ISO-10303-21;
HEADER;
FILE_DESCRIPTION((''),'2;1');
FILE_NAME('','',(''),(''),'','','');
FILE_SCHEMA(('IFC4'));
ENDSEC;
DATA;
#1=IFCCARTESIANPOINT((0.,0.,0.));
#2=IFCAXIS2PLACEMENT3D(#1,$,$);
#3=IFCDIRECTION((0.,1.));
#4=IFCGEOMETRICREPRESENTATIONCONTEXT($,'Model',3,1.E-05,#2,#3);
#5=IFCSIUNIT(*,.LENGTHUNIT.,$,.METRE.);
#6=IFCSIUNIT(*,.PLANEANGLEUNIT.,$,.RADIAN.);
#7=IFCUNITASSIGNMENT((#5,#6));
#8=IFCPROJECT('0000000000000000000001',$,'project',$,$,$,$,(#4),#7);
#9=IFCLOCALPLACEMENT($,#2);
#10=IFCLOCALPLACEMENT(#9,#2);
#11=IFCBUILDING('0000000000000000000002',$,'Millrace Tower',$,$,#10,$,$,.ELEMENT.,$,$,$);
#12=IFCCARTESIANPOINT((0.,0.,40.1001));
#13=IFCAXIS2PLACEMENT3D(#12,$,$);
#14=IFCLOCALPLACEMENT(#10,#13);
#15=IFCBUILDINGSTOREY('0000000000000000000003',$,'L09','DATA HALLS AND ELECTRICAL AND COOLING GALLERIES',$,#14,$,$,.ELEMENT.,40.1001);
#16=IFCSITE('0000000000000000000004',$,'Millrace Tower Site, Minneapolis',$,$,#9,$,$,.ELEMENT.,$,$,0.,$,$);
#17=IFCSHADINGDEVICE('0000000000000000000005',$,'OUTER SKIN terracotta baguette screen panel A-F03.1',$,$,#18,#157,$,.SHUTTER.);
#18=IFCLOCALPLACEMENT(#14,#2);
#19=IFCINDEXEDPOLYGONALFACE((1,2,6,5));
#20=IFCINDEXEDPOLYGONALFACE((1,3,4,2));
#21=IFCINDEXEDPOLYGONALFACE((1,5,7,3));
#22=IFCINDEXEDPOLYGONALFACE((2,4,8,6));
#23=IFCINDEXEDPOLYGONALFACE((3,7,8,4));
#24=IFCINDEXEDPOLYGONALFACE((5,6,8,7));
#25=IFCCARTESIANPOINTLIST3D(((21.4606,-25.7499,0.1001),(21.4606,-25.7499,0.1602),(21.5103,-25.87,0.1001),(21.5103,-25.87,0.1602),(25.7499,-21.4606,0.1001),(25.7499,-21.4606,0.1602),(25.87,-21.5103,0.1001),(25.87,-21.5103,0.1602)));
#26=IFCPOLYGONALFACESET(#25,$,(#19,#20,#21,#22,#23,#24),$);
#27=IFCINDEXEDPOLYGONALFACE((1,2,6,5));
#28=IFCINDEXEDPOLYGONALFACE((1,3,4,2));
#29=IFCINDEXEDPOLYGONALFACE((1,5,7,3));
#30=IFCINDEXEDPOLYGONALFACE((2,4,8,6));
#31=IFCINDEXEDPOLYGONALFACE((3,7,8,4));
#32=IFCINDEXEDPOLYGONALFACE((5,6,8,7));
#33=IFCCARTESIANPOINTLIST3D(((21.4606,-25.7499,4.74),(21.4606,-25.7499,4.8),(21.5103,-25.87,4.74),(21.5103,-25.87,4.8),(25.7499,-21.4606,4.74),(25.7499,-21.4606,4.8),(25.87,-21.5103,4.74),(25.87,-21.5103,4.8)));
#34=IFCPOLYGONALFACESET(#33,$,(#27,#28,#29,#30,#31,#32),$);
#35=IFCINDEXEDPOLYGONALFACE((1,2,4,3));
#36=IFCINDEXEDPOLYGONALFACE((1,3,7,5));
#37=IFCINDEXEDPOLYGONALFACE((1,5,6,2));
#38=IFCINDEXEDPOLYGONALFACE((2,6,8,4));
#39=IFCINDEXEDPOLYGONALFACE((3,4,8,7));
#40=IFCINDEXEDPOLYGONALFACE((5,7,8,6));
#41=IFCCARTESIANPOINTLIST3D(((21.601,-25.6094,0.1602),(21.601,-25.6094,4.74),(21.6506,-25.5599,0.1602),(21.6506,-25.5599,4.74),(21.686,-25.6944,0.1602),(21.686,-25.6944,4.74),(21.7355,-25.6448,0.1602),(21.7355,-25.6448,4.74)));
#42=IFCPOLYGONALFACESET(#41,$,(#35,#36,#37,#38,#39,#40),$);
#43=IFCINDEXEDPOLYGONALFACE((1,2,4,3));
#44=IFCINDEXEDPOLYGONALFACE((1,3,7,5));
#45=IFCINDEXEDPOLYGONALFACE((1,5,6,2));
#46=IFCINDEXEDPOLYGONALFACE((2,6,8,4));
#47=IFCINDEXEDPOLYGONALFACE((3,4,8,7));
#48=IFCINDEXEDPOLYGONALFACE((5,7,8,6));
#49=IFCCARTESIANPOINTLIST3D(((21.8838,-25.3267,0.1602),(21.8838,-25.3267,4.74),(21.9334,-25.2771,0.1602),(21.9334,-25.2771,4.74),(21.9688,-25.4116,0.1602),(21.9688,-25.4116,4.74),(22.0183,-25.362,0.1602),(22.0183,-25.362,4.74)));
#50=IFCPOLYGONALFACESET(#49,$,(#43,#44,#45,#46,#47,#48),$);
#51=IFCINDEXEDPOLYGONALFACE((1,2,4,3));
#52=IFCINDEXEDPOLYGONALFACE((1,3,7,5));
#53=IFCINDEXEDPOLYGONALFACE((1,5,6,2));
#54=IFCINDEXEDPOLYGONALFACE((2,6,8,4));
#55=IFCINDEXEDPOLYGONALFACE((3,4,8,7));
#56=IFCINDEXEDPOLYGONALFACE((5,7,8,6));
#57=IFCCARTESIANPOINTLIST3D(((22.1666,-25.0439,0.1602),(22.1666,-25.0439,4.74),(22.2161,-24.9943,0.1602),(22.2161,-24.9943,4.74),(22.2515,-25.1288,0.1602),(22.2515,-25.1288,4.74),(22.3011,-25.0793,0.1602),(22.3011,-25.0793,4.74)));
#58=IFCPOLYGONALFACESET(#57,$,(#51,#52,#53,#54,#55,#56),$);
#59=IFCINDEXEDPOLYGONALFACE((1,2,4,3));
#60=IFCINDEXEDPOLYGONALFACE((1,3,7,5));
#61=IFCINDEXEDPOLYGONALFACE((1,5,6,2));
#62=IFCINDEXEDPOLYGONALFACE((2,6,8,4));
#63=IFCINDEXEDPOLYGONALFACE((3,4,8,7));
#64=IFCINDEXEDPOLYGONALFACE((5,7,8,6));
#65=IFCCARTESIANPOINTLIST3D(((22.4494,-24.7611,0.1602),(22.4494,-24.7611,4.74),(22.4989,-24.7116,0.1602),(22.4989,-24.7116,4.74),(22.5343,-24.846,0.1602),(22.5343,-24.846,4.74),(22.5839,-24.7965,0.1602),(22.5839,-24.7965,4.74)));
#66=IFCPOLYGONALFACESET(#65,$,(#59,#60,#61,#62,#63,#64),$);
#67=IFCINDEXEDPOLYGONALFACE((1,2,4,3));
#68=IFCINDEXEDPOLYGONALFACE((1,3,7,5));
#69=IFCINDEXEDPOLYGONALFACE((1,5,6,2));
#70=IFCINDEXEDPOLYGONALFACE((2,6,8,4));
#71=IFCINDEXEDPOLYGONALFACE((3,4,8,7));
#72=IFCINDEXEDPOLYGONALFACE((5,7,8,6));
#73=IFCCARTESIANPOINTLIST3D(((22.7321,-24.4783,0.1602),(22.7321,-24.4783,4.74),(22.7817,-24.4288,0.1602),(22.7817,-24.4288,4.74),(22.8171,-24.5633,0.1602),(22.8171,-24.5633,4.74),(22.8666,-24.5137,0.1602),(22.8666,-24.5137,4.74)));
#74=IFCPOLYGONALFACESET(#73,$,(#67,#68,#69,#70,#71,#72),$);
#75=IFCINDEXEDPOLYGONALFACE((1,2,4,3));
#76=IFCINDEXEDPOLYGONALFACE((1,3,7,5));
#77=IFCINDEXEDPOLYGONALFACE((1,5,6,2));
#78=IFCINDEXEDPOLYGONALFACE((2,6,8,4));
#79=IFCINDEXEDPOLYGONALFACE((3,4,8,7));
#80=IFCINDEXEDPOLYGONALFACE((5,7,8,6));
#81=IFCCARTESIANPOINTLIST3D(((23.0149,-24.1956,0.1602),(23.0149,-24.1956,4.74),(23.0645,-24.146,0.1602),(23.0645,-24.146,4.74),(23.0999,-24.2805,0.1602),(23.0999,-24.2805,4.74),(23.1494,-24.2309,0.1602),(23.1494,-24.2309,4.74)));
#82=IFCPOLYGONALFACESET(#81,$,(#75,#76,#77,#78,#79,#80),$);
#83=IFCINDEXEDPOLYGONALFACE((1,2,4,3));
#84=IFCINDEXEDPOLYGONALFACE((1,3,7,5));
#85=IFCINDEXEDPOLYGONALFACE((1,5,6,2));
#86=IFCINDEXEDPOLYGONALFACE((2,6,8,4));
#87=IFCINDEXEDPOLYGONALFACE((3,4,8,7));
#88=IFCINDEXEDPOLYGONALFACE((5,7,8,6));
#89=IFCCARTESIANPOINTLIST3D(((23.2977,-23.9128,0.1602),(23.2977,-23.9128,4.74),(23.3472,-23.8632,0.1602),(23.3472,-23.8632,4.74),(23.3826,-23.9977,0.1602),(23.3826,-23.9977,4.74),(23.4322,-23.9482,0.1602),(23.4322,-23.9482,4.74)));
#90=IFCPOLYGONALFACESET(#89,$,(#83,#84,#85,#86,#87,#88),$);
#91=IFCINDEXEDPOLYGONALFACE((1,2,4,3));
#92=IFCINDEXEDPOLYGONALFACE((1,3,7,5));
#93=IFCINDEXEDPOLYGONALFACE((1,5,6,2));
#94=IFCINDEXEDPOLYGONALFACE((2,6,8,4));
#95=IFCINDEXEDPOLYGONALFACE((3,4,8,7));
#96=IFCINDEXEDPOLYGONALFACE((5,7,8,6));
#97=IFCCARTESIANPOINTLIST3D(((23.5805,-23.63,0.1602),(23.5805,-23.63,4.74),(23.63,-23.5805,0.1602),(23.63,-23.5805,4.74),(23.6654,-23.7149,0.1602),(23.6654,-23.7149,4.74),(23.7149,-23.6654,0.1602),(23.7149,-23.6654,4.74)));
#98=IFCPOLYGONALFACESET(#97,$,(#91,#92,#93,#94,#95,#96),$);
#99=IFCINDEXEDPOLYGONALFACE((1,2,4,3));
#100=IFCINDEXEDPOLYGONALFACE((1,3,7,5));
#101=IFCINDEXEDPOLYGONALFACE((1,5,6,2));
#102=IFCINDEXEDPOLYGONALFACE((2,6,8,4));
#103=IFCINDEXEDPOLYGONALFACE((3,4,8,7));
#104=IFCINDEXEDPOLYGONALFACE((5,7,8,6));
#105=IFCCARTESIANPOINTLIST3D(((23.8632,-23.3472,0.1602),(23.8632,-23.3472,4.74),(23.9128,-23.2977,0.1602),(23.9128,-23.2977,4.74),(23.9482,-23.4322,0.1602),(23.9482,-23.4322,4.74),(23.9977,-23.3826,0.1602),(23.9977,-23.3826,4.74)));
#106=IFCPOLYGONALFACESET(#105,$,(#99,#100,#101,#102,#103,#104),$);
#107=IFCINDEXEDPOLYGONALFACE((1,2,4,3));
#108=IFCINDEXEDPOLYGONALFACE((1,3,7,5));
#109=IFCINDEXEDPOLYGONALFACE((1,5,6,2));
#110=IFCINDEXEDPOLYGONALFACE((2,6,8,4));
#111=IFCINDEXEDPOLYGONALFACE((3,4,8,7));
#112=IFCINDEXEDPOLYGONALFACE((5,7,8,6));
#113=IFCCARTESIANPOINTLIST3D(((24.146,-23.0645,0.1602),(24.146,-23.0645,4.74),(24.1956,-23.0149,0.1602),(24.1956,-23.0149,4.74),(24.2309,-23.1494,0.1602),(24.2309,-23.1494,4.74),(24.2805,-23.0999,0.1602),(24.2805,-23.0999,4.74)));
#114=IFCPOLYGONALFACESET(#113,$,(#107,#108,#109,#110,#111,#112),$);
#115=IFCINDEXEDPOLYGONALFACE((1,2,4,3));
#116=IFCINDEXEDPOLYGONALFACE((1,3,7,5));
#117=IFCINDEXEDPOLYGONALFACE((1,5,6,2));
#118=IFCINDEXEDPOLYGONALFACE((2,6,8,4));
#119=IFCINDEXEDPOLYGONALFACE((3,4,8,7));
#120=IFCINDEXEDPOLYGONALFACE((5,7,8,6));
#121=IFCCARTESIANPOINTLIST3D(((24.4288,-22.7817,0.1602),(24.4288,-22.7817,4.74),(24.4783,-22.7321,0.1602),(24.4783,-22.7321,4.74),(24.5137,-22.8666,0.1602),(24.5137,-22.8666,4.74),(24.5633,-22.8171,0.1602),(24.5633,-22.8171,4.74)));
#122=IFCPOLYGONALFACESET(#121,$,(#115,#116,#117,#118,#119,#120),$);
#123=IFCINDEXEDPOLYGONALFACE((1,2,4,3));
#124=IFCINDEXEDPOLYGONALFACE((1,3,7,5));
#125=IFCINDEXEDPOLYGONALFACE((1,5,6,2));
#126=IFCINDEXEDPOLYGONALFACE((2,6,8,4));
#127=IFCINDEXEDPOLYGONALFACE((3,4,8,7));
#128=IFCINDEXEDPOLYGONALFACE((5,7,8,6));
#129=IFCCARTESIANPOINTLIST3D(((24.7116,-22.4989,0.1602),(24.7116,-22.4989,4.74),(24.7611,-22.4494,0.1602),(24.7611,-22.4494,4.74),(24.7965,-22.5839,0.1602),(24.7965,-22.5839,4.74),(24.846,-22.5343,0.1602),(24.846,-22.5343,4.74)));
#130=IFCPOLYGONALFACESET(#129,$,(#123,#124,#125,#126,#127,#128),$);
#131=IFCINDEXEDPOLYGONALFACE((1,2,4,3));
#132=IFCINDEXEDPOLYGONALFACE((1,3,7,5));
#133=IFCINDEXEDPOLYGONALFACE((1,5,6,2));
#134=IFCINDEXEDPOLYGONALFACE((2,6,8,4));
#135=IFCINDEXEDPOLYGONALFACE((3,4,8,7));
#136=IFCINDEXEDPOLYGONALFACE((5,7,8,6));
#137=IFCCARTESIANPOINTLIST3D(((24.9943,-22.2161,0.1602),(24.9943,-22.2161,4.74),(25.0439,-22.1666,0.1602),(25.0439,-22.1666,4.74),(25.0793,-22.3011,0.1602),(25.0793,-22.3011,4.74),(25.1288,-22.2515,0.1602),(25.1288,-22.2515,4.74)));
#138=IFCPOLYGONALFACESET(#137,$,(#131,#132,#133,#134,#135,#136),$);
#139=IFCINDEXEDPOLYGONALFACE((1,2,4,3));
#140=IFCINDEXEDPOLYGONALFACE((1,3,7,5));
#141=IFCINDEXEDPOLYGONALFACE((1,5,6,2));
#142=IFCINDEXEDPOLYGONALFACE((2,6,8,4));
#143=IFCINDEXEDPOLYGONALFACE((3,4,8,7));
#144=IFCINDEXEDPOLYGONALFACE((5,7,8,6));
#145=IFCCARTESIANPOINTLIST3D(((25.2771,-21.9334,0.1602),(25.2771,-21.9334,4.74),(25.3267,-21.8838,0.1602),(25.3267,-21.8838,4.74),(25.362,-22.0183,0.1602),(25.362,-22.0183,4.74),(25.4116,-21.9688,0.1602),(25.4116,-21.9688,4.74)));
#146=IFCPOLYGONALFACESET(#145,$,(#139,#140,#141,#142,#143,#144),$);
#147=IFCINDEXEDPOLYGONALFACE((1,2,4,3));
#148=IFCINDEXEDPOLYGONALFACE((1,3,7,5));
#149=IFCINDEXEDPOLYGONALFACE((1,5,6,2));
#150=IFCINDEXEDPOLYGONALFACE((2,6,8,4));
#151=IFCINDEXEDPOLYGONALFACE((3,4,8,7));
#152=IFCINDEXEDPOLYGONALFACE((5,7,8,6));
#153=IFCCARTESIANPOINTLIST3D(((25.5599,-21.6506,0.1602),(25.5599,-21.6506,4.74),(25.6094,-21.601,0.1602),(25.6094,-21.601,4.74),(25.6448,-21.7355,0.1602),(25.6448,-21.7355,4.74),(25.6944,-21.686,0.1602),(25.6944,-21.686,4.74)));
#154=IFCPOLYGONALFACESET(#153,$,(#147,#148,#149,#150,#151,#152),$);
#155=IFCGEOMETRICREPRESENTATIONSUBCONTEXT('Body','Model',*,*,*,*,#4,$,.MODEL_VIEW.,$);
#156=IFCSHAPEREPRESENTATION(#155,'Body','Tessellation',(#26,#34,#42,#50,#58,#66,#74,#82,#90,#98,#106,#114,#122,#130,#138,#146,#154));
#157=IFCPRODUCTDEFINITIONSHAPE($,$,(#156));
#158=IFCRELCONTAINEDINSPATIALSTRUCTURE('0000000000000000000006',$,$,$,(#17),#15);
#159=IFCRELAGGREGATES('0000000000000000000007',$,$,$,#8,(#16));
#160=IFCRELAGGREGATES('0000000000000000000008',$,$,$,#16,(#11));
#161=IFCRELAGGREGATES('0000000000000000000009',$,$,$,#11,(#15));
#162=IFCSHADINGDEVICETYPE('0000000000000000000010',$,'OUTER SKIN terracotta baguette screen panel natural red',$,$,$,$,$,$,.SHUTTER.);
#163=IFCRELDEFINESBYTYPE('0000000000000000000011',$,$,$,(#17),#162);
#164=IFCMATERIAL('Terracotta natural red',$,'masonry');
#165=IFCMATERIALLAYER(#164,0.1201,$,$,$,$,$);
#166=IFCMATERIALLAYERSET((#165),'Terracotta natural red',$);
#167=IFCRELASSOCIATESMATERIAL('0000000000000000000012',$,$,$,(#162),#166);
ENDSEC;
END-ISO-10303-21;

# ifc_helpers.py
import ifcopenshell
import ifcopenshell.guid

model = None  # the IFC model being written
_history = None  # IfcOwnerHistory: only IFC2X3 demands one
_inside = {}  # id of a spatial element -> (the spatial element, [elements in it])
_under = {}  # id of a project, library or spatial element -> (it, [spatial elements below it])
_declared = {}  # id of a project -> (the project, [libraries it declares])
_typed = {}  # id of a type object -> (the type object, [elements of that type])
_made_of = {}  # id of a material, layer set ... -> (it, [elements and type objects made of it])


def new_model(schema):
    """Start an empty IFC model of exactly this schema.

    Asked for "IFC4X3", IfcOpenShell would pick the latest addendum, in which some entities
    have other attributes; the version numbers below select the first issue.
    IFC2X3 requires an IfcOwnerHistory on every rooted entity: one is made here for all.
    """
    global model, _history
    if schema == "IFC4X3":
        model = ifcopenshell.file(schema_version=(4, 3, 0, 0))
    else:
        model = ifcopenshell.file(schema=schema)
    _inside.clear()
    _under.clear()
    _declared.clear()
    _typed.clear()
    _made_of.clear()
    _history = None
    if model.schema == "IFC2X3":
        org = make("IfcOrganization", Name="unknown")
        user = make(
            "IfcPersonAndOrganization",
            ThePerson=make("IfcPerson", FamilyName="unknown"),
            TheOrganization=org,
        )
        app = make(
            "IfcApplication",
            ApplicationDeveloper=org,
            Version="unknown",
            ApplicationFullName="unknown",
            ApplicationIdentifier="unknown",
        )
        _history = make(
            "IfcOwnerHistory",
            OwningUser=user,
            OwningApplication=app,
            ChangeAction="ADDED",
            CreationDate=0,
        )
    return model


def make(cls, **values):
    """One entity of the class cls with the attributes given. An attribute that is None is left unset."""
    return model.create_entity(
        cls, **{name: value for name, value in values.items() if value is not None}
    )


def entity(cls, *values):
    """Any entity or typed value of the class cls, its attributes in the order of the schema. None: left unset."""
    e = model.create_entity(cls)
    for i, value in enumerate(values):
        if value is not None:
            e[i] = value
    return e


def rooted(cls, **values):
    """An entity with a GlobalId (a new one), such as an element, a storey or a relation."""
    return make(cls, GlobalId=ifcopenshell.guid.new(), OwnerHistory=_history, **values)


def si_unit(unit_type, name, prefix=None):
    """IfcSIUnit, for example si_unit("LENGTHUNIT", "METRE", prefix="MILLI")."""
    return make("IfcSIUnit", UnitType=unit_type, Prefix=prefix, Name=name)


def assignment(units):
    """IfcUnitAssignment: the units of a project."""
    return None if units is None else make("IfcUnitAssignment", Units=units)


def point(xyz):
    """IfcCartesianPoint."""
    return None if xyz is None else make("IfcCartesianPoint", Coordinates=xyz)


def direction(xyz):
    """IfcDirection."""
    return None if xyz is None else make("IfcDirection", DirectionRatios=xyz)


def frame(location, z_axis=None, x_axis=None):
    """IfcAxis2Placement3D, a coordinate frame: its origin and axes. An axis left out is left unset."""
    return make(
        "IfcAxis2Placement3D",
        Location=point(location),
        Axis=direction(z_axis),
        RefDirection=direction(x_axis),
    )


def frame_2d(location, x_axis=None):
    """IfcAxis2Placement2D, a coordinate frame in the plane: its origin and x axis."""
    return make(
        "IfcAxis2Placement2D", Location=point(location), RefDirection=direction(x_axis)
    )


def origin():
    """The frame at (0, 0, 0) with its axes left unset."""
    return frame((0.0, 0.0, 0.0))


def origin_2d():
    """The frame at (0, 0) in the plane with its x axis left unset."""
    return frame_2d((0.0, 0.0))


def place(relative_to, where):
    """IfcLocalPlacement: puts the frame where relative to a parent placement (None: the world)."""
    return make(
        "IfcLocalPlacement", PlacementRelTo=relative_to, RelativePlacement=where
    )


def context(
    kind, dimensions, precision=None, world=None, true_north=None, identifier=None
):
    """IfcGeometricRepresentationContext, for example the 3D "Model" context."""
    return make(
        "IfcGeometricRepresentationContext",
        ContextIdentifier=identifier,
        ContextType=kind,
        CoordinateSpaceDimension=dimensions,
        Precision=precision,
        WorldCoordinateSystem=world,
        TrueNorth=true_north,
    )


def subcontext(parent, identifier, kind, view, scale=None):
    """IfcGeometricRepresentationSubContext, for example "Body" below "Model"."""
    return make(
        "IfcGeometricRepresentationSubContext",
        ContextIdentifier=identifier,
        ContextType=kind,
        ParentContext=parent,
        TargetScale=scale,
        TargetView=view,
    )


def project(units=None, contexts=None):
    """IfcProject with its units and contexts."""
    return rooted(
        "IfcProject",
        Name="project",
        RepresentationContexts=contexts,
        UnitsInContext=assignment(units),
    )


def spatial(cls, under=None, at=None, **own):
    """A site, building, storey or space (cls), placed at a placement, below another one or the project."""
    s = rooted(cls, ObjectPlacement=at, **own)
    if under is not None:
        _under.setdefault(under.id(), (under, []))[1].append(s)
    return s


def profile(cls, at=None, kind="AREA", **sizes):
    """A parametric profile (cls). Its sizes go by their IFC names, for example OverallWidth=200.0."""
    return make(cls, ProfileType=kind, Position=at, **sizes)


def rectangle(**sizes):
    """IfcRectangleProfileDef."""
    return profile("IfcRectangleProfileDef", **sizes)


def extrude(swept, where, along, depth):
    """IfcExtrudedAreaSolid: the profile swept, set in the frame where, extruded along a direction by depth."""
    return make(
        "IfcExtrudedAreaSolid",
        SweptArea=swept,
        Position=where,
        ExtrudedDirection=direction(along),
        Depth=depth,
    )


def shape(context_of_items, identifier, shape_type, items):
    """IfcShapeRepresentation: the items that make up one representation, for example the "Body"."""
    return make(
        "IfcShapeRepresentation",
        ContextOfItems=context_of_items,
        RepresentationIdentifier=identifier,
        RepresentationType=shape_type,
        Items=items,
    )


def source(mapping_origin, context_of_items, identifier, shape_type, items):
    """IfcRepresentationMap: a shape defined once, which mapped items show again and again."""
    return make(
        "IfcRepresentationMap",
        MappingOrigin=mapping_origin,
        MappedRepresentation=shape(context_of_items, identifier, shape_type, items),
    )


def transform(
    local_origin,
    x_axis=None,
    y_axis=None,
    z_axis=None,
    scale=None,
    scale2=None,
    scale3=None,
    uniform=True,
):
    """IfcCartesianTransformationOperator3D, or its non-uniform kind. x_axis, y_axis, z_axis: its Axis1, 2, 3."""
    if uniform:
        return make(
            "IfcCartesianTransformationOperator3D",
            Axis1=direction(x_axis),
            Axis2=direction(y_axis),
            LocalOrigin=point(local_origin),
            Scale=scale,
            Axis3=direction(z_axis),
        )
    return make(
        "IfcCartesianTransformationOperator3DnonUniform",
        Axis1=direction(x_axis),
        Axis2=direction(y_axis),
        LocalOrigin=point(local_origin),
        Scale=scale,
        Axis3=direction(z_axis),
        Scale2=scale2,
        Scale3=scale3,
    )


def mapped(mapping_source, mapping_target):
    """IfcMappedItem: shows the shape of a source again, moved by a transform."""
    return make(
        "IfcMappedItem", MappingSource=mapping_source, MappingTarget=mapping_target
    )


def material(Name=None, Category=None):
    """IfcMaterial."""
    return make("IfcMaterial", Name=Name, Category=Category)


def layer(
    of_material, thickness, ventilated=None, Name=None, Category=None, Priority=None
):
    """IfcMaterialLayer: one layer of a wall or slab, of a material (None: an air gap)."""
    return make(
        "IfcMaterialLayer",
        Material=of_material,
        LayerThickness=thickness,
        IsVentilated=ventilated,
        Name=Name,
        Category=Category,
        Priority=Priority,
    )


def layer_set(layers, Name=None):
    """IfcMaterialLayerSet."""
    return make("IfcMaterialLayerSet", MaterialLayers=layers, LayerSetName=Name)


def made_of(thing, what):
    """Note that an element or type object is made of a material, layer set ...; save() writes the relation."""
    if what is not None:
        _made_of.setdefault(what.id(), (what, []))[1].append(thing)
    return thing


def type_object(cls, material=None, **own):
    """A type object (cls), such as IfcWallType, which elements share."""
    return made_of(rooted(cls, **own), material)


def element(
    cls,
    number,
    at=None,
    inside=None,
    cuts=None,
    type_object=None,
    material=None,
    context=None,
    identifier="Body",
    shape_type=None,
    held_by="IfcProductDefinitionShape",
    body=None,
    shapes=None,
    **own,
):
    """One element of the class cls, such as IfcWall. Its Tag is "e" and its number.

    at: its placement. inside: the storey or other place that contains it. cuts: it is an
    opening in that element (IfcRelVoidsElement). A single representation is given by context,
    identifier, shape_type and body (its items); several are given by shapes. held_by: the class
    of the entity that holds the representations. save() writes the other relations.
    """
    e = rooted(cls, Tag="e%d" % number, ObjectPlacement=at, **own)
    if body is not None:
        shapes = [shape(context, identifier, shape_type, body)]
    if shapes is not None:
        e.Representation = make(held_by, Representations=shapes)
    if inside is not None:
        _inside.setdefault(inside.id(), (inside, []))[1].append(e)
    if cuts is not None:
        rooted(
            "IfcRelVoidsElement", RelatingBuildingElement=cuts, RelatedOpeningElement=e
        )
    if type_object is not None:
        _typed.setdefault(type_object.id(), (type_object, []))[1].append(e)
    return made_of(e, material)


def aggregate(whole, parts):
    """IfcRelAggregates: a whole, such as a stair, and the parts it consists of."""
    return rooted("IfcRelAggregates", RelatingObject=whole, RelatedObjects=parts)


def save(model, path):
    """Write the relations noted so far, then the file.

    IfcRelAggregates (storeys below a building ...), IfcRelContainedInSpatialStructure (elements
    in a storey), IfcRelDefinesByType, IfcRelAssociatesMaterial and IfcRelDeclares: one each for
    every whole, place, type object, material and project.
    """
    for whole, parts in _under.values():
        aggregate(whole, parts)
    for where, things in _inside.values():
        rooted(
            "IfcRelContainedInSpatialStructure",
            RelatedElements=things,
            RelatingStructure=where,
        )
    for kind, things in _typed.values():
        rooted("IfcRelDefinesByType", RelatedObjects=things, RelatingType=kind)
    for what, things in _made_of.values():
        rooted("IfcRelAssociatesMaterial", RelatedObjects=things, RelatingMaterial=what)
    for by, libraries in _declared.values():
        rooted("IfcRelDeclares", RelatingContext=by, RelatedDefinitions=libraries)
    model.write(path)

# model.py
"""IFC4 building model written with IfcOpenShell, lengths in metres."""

from ifc_helpers import new_model, entity, si_unit, direction, frame, frame_2d, origin, origin_2d, place, context, subcontext, project, spatial, rectangle, extrude, source, transform, mapped, material, layer, layer_set, type_object, element, save


model = new_model("IFC4")

# Units and contexts
model_context = context("Model", 3, precision=1e-05, world=origin(), true_north=direction((0.0, 1.0)))
body_context = subcontext(model_context, "Body", "Model", "MODEL_VIEW")
ifc_project = project(units=[si_unit("LENGTHUNIT", "METRE"), si_unit("PLANEANGLEUNIT", "RADIAN")], contexts=[model_context])

# Site, building, storey
site_placement = place(None, origin())
site = spatial("IfcSite", under=ifc_project, at=site_placement, Name="Millrace Tower Site, Minneapolis", CompositionType="ELEMENT", RefElevation=0.0)
building_placement = place(site_placement, origin())
building = spatial("IfcBuilding", under=site, at=building_placement, Name="Millrace Tower", CompositionType="ELEMENT")
storey_placement = place(building_placement, frame((0.0, 0.0, 40.1001)))
storey = spatial("IfcBuildingStorey", under=building, at=storey_placement, Name="L09", Description="DATA HALLS AND ELECTRICAL AND COOLING GALLERIES", CompositionType="ELEMENT", Elevation=40.1001)

# Shading device
ifc_material_1 = material(Name="Terracotta natural red", Category="masonry")
ifc_layer_1 = layer(ifc_material_1, 0.1201)
ifc_layer_set_1 = layer_set([ifc_layer_1], Name="Terracotta natural red")
shading_device_type_1 = type_object("IfcShadingDeviceType", Name="OUTER SKIN terracotta baguette screen panel natural red", PredefinedType="SHUTTER", material=ifc_layer_set_1)
cartesian_point_1 = entity("IfcCartesianPoint", [-3.033, 0.0601])
shared_polyline_1 = entity("IfcPolyline", [cartesian_point_1, entity("IfcCartesianPoint", [3.033, 0.0601]), entity("IfcCartesianPoint", [3.0828, -0.0601]), entity("IfcCartesianPoint", [-3.0828, -0.0601]), cartesian_point_1])
shared_shape_1 = source(origin(), body_context, "Body", "SweptSolid", [
    entity("IfcExtrudedAreaSolid", entity("IfcArbitraryClosedProfileDef", "AREA", None, shared_polyline_1), entity("IfcAxis2Placement3D", entity("IfcCartesianPoint", [0.0, 0.0, 0.0])), entity("IfcDirection", [0.0, 0.0, 1.0]), 0.0601),
    entity("IfcExtrudedAreaSolid", entity("IfcArbitraryClosedProfileDef", "AREA", None, shared_polyline_1), entity("IfcAxis2Placement3D", entity("IfcCartesianPoint", [0.0, 0.0, 4.6399])), entity("IfcDirection", [0.0, 0.0, 1.0]), 0.0601),
    extrude(rectangle(XDim=0.0701, YDim=0.1201, at=frame_2d((-2.7993, 0.0))), frame((0.0, 0.0, 0.0601)), (0.0, 0.0, 1.0), 4.5798),
    extrude(rectangle(XDim=0.0701, YDim=0.1201, at=frame_2d((-2.3994, 0.0))), frame((0.0, 0.0, 0.0601)), (0.0, 0.0, 1.0), 4.5798),
    extrude(rectangle(XDim=0.0701, YDim=0.1201, at=frame_2d((-1.9995, 0.0))), frame((0.0, 0.0, 0.0601)), (0.0, 0.0, 1.0), 4.5798),
    extrude(rectangle(XDim=0.0701, YDim=0.1201, at=frame_2d((-1.5996, 0.0))), frame((0.0, 0.0, 0.0601)), (0.0, 0.0, 1.0), 4.5798),
    extrude(rectangle(XDim=0.0701, YDim=0.1201, at=frame_2d((-1.1997, 0.0))), frame((0.0, 0.0, 0.0601)), (0.0, 0.0, 1.0), 4.5798),
    extrude(rectangle(XDim=0.0701, YDim=0.1201, at=frame_2d((-0.7998, 0.0))), frame((0.0, 0.0, 0.0601)), (0.0, 0.0, 1.0), 4.5798),
    extrude(rectangle(XDim=0.0701, YDim=0.1201, at=frame_2d((-0.3999, 0.0))), frame((0.0, 0.0, 0.0601)), (0.0, 0.0, 1.0), 4.5798),
    extrude(rectangle(XDim=0.0701, YDim=0.1201, at=origin_2d()), frame((0.0, 0.0, 0.0601)), (0.0, 0.0, 1.0), 4.5798),
    extrude(rectangle(XDim=0.0701, YDim=0.1201, at=frame_2d((0.3999, 0.0))), frame((0.0, 0.0, 0.0601)), (0.0, 0.0, 1.0), 4.5798),
    extrude(rectangle(XDim=0.0701, YDim=0.1201, at=frame_2d((0.7998, 0.0))), frame((0.0, 0.0, 0.0601)), (0.0, 0.0, 1.0), 4.5798),
    extrude(rectangle(XDim=0.0701, YDim=0.1201, at=frame_2d((1.1997, 0.0))), frame((0.0, 0.0, 0.0601)), (0.0, 0.0, 1.0), 4.5798),
    extrude(rectangle(XDim=0.0701, YDim=0.1201, at=frame_2d((1.5996, 0.0))), frame((0.0, 0.0, 0.0601)), (0.0, 0.0, 1.0), 4.5798),
    extrude(rectangle(XDim=0.0701, YDim=0.1201, at=frame_2d((1.9995, 0.0))), frame((0.0, 0.0, 0.0601)), (0.0, 0.0, 1.0), 4.5798),
    extrude(rectangle(XDim=0.0701, YDim=0.1201, at=frame_2d((2.3994, 0.0))), frame((0.0, 0.0, 0.0601)), (0.0, 0.0, 1.0), 4.5798),
    extrude(rectangle(XDim=0.0701, YDim=0.1201, at=frame_2d((2.7993, 0.0))), frame((0.0, 0.0, 0.0601)), (0.0, 0.0, 1.0), 4.5798),
])
shading_device_1_placement = place(storey_placement, frame((23.6477, -23.6477, 0.1001), z_axis=(0.0, 0.0, 1.0), x_axis=(0.707107, 0.707107, 0.0)))
element("IfcShadingDevice", 1, at=shading_device_1_placement, inside=storey, type_object=shading_device_type_1, Name="OUTER SKIN terracotta baguette screen panel A-F03.1", PredefinedType="SHUTTER", context=body_context, shape_type="MappedRepresentation", body=[
    mapped(shared_shape_1, transform((0.0, 0.0, 0.0), scale=1.0)),
])

save(model, "model.ifc")
